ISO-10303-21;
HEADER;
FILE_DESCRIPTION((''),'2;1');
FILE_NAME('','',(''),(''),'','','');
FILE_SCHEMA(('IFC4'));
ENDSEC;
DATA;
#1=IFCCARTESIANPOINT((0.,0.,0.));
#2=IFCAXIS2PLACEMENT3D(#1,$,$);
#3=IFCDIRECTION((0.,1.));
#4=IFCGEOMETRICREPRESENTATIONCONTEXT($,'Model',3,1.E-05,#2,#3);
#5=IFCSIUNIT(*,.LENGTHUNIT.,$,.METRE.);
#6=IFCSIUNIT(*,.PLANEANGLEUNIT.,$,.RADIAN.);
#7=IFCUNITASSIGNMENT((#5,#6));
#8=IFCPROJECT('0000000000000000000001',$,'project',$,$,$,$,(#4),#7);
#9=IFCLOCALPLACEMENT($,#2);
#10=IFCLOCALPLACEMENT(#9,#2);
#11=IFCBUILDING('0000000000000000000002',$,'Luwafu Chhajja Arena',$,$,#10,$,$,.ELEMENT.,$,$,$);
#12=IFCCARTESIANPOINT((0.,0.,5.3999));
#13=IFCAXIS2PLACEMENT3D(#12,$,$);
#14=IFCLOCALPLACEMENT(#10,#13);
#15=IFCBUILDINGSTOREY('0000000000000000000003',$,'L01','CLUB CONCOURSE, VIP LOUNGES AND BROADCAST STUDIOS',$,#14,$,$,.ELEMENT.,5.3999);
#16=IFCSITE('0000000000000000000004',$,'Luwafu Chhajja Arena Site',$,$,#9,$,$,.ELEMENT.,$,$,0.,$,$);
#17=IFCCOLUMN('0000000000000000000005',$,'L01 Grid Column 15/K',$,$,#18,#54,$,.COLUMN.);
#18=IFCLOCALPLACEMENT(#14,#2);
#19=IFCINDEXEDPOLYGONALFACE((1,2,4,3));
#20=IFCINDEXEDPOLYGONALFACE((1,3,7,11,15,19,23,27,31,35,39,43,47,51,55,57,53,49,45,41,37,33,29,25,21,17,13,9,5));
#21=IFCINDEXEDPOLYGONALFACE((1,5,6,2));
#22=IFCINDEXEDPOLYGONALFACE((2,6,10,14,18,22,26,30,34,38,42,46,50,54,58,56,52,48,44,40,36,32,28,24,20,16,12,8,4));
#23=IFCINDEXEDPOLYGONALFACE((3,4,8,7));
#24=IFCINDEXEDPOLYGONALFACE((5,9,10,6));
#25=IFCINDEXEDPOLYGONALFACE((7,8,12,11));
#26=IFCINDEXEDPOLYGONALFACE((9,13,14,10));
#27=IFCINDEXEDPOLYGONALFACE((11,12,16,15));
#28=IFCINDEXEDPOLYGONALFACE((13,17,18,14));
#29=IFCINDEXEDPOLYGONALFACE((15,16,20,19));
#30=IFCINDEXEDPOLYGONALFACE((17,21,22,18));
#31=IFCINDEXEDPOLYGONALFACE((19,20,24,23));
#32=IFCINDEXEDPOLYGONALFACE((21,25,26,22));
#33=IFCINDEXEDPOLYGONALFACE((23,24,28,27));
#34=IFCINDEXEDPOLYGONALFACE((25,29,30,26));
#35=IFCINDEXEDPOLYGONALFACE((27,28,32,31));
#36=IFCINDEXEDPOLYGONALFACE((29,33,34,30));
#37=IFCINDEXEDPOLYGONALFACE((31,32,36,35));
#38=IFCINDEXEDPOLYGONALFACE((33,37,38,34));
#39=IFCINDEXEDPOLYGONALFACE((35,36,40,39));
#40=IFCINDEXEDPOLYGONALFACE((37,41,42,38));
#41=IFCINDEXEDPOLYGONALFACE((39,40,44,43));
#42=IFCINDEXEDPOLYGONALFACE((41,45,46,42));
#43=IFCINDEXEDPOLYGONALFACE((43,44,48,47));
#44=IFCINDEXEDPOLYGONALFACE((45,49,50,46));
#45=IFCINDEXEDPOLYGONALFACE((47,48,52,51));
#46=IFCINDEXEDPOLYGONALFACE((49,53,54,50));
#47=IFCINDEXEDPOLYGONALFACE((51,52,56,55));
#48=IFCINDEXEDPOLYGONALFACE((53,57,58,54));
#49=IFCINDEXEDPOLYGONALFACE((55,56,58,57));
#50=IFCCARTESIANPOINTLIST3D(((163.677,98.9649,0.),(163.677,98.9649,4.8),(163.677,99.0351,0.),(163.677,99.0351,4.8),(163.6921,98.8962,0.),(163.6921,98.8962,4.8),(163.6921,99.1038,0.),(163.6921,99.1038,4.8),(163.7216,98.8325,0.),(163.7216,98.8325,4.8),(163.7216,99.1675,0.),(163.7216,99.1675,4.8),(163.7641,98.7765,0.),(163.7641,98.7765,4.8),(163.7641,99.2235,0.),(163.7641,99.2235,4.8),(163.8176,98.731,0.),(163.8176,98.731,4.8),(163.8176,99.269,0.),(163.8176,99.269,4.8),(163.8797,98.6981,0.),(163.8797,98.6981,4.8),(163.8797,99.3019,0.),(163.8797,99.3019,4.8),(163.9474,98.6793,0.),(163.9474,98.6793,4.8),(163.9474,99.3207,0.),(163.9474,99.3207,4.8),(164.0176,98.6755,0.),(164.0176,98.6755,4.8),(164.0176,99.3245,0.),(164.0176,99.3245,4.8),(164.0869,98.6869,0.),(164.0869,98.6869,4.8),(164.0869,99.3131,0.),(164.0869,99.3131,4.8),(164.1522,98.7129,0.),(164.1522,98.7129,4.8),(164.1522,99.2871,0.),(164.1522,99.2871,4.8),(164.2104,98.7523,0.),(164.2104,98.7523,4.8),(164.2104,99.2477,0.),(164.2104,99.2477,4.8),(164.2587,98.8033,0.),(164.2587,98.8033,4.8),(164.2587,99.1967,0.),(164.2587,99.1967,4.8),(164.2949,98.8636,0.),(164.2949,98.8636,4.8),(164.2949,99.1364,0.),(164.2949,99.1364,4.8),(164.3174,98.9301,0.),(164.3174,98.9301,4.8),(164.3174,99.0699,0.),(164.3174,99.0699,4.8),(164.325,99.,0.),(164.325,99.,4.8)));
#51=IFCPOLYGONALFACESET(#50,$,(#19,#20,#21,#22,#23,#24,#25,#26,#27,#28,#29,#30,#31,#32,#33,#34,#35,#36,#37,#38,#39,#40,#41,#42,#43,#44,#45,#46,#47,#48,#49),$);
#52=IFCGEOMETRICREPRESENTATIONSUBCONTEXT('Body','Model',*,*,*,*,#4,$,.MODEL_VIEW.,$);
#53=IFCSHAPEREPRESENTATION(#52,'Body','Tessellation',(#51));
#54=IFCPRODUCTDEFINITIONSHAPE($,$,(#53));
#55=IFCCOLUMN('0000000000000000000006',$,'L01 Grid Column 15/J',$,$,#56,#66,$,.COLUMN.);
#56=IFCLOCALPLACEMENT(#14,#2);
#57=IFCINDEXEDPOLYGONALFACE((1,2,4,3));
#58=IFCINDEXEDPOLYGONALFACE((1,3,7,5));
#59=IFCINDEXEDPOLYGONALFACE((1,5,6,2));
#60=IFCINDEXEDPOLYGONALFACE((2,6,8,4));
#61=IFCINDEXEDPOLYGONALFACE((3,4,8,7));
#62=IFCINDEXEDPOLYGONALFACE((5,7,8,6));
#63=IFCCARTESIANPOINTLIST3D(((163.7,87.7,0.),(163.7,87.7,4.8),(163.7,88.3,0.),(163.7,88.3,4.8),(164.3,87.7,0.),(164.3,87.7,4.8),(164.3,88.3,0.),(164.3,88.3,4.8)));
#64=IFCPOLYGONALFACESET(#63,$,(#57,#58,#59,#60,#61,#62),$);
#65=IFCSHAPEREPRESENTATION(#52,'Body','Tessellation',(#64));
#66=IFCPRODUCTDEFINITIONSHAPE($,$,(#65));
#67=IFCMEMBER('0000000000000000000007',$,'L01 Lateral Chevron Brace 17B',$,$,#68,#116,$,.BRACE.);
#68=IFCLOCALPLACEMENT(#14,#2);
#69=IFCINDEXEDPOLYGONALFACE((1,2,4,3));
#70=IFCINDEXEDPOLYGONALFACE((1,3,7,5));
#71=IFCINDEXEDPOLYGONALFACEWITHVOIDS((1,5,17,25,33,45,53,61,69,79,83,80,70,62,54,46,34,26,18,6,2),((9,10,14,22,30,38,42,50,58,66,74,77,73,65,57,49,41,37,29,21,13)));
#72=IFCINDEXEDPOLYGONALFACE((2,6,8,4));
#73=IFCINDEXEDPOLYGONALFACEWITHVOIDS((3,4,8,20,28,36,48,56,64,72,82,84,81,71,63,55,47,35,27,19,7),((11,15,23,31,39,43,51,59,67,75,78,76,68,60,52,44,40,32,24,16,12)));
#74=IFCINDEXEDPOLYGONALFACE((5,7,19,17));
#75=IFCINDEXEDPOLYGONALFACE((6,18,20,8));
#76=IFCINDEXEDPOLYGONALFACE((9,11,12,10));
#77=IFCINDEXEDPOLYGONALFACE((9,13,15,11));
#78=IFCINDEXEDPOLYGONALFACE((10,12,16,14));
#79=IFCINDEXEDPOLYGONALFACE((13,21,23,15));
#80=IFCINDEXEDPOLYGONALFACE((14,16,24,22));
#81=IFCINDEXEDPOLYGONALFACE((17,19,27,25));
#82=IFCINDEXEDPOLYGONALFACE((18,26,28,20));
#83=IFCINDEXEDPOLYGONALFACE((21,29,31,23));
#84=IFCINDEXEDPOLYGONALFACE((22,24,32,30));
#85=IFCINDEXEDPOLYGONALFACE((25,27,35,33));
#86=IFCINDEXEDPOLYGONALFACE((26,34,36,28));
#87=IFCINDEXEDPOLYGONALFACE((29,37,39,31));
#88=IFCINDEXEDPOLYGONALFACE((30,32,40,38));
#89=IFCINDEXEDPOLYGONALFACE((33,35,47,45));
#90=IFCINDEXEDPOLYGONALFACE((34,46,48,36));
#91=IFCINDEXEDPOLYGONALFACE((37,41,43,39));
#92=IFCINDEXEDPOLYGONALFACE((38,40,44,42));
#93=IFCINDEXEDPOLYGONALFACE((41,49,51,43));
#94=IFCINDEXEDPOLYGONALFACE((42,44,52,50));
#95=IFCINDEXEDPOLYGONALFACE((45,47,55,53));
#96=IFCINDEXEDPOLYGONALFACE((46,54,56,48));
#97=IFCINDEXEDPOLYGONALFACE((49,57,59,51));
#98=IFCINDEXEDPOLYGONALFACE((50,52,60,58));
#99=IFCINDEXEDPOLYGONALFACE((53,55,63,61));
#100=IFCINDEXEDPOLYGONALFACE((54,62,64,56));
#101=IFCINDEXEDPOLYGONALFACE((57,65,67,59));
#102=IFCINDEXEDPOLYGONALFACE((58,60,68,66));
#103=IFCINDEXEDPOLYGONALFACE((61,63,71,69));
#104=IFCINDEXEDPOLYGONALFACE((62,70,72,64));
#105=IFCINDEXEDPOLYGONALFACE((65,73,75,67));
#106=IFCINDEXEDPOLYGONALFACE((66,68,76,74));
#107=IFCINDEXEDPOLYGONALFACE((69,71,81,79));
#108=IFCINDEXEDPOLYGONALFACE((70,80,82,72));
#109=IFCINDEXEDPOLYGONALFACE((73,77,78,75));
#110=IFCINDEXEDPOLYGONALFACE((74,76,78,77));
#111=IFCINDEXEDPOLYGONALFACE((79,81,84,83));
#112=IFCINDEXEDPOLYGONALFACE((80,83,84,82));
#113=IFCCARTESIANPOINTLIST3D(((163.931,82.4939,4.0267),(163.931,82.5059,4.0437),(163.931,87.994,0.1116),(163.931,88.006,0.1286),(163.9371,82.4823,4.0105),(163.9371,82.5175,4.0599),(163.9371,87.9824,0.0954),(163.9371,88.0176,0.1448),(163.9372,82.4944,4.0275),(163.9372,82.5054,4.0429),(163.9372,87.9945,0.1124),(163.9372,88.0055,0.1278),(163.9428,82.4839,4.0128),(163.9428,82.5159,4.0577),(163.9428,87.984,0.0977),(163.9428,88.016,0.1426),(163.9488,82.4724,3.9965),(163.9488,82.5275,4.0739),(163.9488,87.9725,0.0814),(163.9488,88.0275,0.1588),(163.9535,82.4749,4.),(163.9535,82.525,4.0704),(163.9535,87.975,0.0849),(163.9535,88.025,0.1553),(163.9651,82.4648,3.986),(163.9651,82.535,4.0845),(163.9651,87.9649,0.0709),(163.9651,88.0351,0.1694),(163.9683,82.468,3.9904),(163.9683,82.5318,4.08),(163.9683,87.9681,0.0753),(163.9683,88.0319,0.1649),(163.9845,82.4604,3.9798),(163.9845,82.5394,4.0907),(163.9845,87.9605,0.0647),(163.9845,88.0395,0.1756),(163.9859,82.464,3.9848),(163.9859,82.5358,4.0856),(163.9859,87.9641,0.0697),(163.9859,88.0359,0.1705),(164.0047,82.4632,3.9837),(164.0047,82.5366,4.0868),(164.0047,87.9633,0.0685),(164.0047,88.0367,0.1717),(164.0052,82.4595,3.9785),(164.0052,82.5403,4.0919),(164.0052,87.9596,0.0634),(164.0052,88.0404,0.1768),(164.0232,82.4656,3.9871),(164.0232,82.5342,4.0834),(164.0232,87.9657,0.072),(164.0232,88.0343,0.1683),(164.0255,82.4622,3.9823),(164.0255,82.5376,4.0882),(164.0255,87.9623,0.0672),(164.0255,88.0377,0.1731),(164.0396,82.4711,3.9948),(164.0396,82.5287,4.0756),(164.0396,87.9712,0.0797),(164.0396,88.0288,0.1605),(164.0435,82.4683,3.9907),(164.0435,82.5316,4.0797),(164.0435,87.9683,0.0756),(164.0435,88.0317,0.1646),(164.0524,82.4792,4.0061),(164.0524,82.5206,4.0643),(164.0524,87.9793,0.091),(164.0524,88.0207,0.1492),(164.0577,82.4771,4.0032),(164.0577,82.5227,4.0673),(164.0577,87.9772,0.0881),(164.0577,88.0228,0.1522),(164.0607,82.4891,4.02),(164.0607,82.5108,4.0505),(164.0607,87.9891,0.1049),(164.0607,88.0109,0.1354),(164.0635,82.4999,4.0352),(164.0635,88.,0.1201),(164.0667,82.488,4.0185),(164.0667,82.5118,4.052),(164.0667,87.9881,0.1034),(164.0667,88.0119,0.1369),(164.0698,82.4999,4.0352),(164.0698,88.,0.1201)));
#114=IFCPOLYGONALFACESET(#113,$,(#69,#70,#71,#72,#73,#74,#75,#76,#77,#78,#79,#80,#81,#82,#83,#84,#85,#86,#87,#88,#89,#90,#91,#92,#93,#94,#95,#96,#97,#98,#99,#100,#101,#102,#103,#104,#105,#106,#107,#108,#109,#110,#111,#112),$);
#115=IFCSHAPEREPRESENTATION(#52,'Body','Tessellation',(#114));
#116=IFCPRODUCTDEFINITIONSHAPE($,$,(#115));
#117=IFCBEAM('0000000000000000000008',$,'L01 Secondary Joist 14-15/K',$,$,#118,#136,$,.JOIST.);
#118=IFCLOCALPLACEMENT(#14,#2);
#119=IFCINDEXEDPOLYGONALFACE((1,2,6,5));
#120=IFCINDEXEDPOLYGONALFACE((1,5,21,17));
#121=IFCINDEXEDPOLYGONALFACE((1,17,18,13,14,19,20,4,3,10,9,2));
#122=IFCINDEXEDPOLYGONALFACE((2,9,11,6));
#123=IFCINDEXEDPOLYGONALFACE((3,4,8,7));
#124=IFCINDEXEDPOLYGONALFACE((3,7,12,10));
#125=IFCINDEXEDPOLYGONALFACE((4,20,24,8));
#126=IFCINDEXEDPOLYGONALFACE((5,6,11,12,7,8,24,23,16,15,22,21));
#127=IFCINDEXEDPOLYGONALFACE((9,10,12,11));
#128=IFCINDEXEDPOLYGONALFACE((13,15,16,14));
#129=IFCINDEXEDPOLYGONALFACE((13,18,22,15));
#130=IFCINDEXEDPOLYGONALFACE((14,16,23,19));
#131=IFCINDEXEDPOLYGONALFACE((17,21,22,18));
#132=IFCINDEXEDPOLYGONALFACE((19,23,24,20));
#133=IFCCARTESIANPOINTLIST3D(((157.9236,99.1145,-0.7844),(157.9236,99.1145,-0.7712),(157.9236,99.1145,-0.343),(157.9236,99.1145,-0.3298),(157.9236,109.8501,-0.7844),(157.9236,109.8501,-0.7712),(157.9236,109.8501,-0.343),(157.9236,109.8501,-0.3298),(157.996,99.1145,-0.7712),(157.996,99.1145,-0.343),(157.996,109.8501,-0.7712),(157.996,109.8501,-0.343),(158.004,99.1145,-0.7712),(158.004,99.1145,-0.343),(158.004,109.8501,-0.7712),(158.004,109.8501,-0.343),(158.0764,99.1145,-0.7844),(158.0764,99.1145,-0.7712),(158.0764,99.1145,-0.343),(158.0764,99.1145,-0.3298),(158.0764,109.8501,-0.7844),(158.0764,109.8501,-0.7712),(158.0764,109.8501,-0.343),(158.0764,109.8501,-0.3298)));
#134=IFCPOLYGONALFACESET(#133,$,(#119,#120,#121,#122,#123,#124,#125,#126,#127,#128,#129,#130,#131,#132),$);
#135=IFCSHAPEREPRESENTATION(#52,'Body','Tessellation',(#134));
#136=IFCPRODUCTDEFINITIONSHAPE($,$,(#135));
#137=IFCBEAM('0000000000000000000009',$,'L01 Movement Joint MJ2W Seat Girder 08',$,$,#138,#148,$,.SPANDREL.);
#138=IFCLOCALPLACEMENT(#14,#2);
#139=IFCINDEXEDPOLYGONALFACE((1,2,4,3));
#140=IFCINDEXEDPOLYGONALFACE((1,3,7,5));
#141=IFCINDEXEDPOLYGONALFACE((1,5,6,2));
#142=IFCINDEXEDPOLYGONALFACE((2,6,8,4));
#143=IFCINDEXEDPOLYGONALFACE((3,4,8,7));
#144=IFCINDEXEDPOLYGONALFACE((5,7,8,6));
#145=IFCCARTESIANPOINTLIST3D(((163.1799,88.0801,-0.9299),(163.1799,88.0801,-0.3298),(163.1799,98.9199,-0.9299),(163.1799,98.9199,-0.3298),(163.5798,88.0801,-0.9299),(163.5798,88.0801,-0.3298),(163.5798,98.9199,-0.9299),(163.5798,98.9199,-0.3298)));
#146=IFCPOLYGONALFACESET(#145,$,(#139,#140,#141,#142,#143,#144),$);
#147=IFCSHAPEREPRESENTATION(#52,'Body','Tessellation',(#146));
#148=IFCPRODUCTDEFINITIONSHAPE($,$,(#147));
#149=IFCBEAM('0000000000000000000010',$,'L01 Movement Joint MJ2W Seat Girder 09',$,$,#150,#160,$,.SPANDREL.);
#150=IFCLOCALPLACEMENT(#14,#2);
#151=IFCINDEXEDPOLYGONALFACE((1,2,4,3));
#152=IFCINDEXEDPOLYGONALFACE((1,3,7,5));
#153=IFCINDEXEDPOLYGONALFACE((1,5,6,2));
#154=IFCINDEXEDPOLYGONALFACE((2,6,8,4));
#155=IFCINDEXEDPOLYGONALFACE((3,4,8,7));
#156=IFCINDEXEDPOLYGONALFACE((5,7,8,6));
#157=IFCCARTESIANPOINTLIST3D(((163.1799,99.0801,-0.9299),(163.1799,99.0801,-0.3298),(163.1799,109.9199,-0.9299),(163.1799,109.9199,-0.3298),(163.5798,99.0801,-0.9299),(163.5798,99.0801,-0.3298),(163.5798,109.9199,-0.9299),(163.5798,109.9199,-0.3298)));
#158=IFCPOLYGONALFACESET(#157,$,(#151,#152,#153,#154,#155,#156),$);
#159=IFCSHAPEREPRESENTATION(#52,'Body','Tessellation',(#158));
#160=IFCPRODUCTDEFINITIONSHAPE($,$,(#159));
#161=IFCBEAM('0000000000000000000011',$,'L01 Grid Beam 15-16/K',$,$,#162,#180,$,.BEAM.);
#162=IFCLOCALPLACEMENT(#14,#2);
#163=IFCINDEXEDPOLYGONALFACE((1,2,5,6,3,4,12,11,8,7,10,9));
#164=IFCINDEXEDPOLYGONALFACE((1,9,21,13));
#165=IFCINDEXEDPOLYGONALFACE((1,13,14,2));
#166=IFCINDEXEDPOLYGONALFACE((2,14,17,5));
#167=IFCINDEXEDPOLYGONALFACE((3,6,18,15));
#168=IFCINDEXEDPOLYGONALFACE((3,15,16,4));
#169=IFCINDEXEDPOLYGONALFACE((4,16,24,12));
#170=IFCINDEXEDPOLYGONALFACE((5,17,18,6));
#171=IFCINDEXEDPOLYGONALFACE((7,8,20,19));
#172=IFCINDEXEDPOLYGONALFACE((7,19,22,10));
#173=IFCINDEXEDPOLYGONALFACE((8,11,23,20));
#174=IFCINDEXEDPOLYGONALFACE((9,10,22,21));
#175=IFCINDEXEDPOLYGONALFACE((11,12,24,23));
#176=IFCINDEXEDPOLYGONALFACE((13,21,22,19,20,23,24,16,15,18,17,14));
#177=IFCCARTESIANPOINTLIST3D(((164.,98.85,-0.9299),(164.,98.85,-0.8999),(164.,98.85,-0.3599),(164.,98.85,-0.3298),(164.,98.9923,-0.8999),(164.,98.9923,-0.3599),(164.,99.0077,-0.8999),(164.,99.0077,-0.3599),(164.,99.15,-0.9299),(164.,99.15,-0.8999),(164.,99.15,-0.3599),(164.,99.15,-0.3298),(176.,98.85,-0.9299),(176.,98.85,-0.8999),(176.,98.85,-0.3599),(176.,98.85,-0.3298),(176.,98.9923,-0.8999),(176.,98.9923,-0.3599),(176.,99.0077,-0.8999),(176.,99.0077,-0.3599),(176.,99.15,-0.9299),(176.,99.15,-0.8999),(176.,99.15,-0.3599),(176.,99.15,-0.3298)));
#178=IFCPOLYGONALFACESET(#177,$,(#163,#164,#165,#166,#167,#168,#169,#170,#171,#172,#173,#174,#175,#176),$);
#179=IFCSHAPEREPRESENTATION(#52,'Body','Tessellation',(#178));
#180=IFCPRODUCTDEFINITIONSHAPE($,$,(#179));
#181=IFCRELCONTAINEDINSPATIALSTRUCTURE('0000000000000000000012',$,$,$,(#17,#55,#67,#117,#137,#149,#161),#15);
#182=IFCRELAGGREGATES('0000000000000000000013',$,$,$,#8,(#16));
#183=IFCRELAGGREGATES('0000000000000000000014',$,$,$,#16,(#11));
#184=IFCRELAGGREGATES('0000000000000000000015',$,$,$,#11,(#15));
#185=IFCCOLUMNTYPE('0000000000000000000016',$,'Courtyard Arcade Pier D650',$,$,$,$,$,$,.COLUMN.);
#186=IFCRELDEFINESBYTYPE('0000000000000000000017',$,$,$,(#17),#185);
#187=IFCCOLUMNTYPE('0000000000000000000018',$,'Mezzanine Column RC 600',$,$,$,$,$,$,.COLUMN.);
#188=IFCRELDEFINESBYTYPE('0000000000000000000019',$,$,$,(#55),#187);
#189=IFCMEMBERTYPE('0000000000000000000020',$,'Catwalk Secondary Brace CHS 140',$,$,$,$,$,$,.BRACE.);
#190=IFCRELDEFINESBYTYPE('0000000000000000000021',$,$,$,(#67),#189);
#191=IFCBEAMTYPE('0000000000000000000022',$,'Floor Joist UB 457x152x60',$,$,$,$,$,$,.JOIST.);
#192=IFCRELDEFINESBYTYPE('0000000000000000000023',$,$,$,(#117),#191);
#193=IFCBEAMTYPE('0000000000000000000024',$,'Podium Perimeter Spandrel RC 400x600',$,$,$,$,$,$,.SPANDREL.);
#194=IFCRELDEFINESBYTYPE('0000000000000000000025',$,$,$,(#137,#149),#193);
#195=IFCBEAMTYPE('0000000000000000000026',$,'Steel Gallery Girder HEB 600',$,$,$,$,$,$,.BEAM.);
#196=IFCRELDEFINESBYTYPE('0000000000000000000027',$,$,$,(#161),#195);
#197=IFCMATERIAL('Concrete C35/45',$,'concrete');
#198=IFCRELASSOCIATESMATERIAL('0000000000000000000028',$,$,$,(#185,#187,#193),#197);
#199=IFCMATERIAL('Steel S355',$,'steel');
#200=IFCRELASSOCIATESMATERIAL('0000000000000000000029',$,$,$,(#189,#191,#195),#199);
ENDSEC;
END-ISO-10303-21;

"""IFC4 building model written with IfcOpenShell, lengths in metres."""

from ifc_helpers import new_model, si_unit, direction, frame, origin, origin_2d, place, context, subcontext, project, spatial, rectangle, circle, hollow_circle, i_section, extrude, material, material_profile, profile_set, type_object, element, save


model = new_model("IFC4")

# Units and contexts
model_context = context("Model", 3, precision=1e-05, world=origin(), true_north=direction((0.0, 1.0)))
body_context = subcontext(model_context, "Body", "Model", "MODEL_VIEW")
ifc_project = project(units=[si_unit("LENGTHUNIT", "METRE"), si_unit("PLANEANGLEUNIT", "RADIAN")], contexts=[model_context])

# Site, building, storey
site_placement = place(None, origin())
site = spatial("IfcSite", under=ifc_project, at=site_placement, Name="Luwafu Chhajja Arena Site", CompositionType="ELEMENT", RefElevation=0.0)
building_placement = place(site_placement, origin())
building = spatial("IfcBuilding", under=site, at=building_placement, Name="Luwafu Chhajja Arena", CompositionType="ELEMENT")
storey_placement = place(building_placement, frame((0.0, 0.0, 5.3999)))
storey = spatial("IfcBuildingStorey", under=building, at=storey_placement, Name="L01", Description="CLUB CONCOURSE, VIP LOUNGES AND BROADCAST STUDIOS", CompositionType="ELEMENT", Elevation=5.3999)

# Columns
ifc_material_1 = material(Name="Concrete C35/45", Category="concrete")
ifc_material_profile_1 = material_profile(ifc_material_1, circle(Radius=0.325, at=origin_2d()), Name="RC COL D650")
ifc_profile_set_1 = profile_set([ifc_material_profile_1], Name="Concrete C35/45")
column_type_1 = type_object("IfcColumnType", Name="Courtyard Arcade Pier D650", PredefinedType="COLUMN", material=ifc_profile_set_1)
column_1_placement = place(storey_placement, frame((164.0, 99.0, 0.0), z_axis=(0.0, 0.0, 1.0), x_axis=(1.0, 0.0, 0.0)))
element("IfcColumn", 1, at=column_1_placement, inside=storey, type_object=column_type_1, Name="L01 Grid Column 15/K", PredefinedType="COLUMN", context=body_context, shape_type="SweptSolid", body=[
    extrude(circle(Radius=0.325, at=origin_2d()), origin(), (0.0, 0.0, 1.0), 4.8),
])
ifc_material_profile_2 = material_profile(ifc_material_1, rectangle(XDim=0.6001, YDim=0.6001, at=origin_2d()), Name="RC 600x600")
ifc_profile_set_2 = profile_set([ifc_material_profile_2], Name="Concrete C35/45")
column_type_2 = type_object("IfcColumnType", Name="Mezzanine Column RC 600", PredefinedType="COLUMN", material=ifc_profile_set_2)
column_2_placement = place(storey_placement, frame((164.0, 88.0, 0.0), z_axis=(0.0, 0.0, 1.0), x_axis=(1.0, 0.0, 0.0)))
element("IfcColumn", 2, at=column_2_placement, inside=storey, type_object=column_type_2, Name="L01 Grid Column 15/J", PredefinedType="COLUMN", context=body_context, shape_type="SweptSolid", body=[
    extrude(rectangle(XDim=0.6001, YDim=0.6001, at=origin_2d()), origin(), (0.0, 0.0, 1.0), 4.8),
])

# Member
ifc_material_2 = material(Name="Steel S355", Category="steel")
ifc_material_profile_3 = material_profile(ifc_material_2, hollow_circle(Radius=0.0698, WallThickness=0.0063, at=origin_2d()), Name="CHS 139.7x6.3")
ifc_profile_set_3 = profile_set([ifc_material_profile_3], Name="Steel S355")
member_type = type_object("IfcMemberType", Name="Catwalk Secondary Brace CHS 140", PredefinedType="BRACE", material=ifc_profile_set_3)
member_placement = place(storey_placement, frame((164.0, 88.0, 0.1201), z_axis=(0.0, -0.81468, 0.57991), x_axis=(1.0, 0.0, 0.0)))
element("IfcMember", 3, at=member_placement, inside=storey, type_object=member_type, Name="L01 Lateral Chevron Brace 17B", PredefinedType="BRACE", context=body_context, shape_type="SweptSolid", body=[
    extrude(hollow_circle(Radius=0.0698, WallThickness=0.0063, at=origin_2d()), origin(), (0.0, 0.0, 1.0), 6.7512),
])

# Beams
ifc_material_profile_4 = material_profile(ifc_material_2, i_section(OverallWidth=0.1528, OverallDepth=0.4546, WebThickness=0.0081, FlangeThickness=0.0132, at=origin_2d()), Name="UB 457x152x60")
ifc_profile_set_4 = profile_set([ifc_material_profile_4], Name="Steel S355")
beam_type_1 = type_object("IfcBeamType", Name="Floor Joist UB 457x152x60", PredefinedType="JOIST", material=ifc_profile_set_4)
beam_1_placement = place(storey_placement, frame((158.0, 99.1145, -0.5571), z_axis=(0.0, 1.0, 0.0), x_axis=(-1.0, 0.0, 0.0)))
element("IfcBeam", 4, at=beam_1_placement, inside=storey, type_object=beam_type_1, Name="L01 Secondary Joist 14-15/K", PredefinedType="JOIST", context=body_context, shape_type="SweptSolid", body=[
    extrude(i_section(OverallWidth=0.1528, OverallDepth=0.4546, WebThickness=0.0081, FlangeThickness=0.0132, at=origin_2d()), origin(), (0.0, 0.0, 1.0), 10.7356),
])
ifc_material_profile_5 = material_profile(ifc_material_1, rectangle(XDim=0.3999, YDim=0.6001, at=origin_2d()), Name="RC 400x600")
ifc_profile_set_5 = profile_set([ifc_material_profile_5], Name="Concrete C35/45")
beam_type_2 = type_object("IfcBeamType", Name="Podium Perimeter Spandrel RC 400x600", PredefinedType="SPANDREL", material=ifc_profile_set_5)
for number, where, z_axis, x_axis, name in (
    (5, (163.3799, 88.0801, -0.6299), (0.0, 1.0, 0.0), (-1.0, 0.0, 0.0), "L01 Movement Joint MJ2W Seat Girder 08"),
    (6, (163.3799, 99.0801, -0.6299), (0.0, 1.0, 0.0), (-1.0, 0.0, 0.0), "L01 Movement Joint MJ2W Seat Girder 09"),
):
    element("IfcBeam", number, at=place(storey_placement, frame(where, z_axis=z_axis, x_axis=x_axis)), inside=storey, type_object=beam_type_2, Name=name, PredefinedType="SPANDREL", context=body_context, shape_type="SweptSolid", body=[
        extrude(rectangle(XDim=0.3999, YDim=0.6001, at=origin_2d()), origin(), (0.0, 0.0, 1.0), 10.8398),
    ])
ifc_material_profile_6 = material_profile(ifc_material_2, i_section(OverallWidth=0.3, OverallDepth=0.6001, WebThickness=0.0154, FlangeThickness=0.03, at=origin_2d()), Name="HEB 600")
ifc_profile_set_6 = profile_set([ifc_material_profile_6], Name="Steel S355")
beam_type_3 = type_object("IfcBeamType", Name="Steel Gallery Girder HEB 600", PredefinedType="BEAM", material=ifc_profile_set_6)
beam_2_placement = place(storey_placement, frame((164.0, 99.0, -0.6299), z_axis=(1.0, 0.0, 0.0), x_axis=(0.0, 1.0, 0.0)))
element("IfcBeam", 7, at=beam_2_placement, inside=storey, type_object=beam_type_3, Name="L01 Grid Beam 15-16/K", PredefinedType="BEAM", context=body_context, shape_type="SweptSolid", body=[
    extrude(i_section(OverallWidth=0.3, OverallDepth=0.6001, WebThickness=0.0154, FlangeThickness=0.03, at=origin_2d()), origin(), (0.0, 0.0, 1.0), 12.0),
])

save(model, "model.ifc")
